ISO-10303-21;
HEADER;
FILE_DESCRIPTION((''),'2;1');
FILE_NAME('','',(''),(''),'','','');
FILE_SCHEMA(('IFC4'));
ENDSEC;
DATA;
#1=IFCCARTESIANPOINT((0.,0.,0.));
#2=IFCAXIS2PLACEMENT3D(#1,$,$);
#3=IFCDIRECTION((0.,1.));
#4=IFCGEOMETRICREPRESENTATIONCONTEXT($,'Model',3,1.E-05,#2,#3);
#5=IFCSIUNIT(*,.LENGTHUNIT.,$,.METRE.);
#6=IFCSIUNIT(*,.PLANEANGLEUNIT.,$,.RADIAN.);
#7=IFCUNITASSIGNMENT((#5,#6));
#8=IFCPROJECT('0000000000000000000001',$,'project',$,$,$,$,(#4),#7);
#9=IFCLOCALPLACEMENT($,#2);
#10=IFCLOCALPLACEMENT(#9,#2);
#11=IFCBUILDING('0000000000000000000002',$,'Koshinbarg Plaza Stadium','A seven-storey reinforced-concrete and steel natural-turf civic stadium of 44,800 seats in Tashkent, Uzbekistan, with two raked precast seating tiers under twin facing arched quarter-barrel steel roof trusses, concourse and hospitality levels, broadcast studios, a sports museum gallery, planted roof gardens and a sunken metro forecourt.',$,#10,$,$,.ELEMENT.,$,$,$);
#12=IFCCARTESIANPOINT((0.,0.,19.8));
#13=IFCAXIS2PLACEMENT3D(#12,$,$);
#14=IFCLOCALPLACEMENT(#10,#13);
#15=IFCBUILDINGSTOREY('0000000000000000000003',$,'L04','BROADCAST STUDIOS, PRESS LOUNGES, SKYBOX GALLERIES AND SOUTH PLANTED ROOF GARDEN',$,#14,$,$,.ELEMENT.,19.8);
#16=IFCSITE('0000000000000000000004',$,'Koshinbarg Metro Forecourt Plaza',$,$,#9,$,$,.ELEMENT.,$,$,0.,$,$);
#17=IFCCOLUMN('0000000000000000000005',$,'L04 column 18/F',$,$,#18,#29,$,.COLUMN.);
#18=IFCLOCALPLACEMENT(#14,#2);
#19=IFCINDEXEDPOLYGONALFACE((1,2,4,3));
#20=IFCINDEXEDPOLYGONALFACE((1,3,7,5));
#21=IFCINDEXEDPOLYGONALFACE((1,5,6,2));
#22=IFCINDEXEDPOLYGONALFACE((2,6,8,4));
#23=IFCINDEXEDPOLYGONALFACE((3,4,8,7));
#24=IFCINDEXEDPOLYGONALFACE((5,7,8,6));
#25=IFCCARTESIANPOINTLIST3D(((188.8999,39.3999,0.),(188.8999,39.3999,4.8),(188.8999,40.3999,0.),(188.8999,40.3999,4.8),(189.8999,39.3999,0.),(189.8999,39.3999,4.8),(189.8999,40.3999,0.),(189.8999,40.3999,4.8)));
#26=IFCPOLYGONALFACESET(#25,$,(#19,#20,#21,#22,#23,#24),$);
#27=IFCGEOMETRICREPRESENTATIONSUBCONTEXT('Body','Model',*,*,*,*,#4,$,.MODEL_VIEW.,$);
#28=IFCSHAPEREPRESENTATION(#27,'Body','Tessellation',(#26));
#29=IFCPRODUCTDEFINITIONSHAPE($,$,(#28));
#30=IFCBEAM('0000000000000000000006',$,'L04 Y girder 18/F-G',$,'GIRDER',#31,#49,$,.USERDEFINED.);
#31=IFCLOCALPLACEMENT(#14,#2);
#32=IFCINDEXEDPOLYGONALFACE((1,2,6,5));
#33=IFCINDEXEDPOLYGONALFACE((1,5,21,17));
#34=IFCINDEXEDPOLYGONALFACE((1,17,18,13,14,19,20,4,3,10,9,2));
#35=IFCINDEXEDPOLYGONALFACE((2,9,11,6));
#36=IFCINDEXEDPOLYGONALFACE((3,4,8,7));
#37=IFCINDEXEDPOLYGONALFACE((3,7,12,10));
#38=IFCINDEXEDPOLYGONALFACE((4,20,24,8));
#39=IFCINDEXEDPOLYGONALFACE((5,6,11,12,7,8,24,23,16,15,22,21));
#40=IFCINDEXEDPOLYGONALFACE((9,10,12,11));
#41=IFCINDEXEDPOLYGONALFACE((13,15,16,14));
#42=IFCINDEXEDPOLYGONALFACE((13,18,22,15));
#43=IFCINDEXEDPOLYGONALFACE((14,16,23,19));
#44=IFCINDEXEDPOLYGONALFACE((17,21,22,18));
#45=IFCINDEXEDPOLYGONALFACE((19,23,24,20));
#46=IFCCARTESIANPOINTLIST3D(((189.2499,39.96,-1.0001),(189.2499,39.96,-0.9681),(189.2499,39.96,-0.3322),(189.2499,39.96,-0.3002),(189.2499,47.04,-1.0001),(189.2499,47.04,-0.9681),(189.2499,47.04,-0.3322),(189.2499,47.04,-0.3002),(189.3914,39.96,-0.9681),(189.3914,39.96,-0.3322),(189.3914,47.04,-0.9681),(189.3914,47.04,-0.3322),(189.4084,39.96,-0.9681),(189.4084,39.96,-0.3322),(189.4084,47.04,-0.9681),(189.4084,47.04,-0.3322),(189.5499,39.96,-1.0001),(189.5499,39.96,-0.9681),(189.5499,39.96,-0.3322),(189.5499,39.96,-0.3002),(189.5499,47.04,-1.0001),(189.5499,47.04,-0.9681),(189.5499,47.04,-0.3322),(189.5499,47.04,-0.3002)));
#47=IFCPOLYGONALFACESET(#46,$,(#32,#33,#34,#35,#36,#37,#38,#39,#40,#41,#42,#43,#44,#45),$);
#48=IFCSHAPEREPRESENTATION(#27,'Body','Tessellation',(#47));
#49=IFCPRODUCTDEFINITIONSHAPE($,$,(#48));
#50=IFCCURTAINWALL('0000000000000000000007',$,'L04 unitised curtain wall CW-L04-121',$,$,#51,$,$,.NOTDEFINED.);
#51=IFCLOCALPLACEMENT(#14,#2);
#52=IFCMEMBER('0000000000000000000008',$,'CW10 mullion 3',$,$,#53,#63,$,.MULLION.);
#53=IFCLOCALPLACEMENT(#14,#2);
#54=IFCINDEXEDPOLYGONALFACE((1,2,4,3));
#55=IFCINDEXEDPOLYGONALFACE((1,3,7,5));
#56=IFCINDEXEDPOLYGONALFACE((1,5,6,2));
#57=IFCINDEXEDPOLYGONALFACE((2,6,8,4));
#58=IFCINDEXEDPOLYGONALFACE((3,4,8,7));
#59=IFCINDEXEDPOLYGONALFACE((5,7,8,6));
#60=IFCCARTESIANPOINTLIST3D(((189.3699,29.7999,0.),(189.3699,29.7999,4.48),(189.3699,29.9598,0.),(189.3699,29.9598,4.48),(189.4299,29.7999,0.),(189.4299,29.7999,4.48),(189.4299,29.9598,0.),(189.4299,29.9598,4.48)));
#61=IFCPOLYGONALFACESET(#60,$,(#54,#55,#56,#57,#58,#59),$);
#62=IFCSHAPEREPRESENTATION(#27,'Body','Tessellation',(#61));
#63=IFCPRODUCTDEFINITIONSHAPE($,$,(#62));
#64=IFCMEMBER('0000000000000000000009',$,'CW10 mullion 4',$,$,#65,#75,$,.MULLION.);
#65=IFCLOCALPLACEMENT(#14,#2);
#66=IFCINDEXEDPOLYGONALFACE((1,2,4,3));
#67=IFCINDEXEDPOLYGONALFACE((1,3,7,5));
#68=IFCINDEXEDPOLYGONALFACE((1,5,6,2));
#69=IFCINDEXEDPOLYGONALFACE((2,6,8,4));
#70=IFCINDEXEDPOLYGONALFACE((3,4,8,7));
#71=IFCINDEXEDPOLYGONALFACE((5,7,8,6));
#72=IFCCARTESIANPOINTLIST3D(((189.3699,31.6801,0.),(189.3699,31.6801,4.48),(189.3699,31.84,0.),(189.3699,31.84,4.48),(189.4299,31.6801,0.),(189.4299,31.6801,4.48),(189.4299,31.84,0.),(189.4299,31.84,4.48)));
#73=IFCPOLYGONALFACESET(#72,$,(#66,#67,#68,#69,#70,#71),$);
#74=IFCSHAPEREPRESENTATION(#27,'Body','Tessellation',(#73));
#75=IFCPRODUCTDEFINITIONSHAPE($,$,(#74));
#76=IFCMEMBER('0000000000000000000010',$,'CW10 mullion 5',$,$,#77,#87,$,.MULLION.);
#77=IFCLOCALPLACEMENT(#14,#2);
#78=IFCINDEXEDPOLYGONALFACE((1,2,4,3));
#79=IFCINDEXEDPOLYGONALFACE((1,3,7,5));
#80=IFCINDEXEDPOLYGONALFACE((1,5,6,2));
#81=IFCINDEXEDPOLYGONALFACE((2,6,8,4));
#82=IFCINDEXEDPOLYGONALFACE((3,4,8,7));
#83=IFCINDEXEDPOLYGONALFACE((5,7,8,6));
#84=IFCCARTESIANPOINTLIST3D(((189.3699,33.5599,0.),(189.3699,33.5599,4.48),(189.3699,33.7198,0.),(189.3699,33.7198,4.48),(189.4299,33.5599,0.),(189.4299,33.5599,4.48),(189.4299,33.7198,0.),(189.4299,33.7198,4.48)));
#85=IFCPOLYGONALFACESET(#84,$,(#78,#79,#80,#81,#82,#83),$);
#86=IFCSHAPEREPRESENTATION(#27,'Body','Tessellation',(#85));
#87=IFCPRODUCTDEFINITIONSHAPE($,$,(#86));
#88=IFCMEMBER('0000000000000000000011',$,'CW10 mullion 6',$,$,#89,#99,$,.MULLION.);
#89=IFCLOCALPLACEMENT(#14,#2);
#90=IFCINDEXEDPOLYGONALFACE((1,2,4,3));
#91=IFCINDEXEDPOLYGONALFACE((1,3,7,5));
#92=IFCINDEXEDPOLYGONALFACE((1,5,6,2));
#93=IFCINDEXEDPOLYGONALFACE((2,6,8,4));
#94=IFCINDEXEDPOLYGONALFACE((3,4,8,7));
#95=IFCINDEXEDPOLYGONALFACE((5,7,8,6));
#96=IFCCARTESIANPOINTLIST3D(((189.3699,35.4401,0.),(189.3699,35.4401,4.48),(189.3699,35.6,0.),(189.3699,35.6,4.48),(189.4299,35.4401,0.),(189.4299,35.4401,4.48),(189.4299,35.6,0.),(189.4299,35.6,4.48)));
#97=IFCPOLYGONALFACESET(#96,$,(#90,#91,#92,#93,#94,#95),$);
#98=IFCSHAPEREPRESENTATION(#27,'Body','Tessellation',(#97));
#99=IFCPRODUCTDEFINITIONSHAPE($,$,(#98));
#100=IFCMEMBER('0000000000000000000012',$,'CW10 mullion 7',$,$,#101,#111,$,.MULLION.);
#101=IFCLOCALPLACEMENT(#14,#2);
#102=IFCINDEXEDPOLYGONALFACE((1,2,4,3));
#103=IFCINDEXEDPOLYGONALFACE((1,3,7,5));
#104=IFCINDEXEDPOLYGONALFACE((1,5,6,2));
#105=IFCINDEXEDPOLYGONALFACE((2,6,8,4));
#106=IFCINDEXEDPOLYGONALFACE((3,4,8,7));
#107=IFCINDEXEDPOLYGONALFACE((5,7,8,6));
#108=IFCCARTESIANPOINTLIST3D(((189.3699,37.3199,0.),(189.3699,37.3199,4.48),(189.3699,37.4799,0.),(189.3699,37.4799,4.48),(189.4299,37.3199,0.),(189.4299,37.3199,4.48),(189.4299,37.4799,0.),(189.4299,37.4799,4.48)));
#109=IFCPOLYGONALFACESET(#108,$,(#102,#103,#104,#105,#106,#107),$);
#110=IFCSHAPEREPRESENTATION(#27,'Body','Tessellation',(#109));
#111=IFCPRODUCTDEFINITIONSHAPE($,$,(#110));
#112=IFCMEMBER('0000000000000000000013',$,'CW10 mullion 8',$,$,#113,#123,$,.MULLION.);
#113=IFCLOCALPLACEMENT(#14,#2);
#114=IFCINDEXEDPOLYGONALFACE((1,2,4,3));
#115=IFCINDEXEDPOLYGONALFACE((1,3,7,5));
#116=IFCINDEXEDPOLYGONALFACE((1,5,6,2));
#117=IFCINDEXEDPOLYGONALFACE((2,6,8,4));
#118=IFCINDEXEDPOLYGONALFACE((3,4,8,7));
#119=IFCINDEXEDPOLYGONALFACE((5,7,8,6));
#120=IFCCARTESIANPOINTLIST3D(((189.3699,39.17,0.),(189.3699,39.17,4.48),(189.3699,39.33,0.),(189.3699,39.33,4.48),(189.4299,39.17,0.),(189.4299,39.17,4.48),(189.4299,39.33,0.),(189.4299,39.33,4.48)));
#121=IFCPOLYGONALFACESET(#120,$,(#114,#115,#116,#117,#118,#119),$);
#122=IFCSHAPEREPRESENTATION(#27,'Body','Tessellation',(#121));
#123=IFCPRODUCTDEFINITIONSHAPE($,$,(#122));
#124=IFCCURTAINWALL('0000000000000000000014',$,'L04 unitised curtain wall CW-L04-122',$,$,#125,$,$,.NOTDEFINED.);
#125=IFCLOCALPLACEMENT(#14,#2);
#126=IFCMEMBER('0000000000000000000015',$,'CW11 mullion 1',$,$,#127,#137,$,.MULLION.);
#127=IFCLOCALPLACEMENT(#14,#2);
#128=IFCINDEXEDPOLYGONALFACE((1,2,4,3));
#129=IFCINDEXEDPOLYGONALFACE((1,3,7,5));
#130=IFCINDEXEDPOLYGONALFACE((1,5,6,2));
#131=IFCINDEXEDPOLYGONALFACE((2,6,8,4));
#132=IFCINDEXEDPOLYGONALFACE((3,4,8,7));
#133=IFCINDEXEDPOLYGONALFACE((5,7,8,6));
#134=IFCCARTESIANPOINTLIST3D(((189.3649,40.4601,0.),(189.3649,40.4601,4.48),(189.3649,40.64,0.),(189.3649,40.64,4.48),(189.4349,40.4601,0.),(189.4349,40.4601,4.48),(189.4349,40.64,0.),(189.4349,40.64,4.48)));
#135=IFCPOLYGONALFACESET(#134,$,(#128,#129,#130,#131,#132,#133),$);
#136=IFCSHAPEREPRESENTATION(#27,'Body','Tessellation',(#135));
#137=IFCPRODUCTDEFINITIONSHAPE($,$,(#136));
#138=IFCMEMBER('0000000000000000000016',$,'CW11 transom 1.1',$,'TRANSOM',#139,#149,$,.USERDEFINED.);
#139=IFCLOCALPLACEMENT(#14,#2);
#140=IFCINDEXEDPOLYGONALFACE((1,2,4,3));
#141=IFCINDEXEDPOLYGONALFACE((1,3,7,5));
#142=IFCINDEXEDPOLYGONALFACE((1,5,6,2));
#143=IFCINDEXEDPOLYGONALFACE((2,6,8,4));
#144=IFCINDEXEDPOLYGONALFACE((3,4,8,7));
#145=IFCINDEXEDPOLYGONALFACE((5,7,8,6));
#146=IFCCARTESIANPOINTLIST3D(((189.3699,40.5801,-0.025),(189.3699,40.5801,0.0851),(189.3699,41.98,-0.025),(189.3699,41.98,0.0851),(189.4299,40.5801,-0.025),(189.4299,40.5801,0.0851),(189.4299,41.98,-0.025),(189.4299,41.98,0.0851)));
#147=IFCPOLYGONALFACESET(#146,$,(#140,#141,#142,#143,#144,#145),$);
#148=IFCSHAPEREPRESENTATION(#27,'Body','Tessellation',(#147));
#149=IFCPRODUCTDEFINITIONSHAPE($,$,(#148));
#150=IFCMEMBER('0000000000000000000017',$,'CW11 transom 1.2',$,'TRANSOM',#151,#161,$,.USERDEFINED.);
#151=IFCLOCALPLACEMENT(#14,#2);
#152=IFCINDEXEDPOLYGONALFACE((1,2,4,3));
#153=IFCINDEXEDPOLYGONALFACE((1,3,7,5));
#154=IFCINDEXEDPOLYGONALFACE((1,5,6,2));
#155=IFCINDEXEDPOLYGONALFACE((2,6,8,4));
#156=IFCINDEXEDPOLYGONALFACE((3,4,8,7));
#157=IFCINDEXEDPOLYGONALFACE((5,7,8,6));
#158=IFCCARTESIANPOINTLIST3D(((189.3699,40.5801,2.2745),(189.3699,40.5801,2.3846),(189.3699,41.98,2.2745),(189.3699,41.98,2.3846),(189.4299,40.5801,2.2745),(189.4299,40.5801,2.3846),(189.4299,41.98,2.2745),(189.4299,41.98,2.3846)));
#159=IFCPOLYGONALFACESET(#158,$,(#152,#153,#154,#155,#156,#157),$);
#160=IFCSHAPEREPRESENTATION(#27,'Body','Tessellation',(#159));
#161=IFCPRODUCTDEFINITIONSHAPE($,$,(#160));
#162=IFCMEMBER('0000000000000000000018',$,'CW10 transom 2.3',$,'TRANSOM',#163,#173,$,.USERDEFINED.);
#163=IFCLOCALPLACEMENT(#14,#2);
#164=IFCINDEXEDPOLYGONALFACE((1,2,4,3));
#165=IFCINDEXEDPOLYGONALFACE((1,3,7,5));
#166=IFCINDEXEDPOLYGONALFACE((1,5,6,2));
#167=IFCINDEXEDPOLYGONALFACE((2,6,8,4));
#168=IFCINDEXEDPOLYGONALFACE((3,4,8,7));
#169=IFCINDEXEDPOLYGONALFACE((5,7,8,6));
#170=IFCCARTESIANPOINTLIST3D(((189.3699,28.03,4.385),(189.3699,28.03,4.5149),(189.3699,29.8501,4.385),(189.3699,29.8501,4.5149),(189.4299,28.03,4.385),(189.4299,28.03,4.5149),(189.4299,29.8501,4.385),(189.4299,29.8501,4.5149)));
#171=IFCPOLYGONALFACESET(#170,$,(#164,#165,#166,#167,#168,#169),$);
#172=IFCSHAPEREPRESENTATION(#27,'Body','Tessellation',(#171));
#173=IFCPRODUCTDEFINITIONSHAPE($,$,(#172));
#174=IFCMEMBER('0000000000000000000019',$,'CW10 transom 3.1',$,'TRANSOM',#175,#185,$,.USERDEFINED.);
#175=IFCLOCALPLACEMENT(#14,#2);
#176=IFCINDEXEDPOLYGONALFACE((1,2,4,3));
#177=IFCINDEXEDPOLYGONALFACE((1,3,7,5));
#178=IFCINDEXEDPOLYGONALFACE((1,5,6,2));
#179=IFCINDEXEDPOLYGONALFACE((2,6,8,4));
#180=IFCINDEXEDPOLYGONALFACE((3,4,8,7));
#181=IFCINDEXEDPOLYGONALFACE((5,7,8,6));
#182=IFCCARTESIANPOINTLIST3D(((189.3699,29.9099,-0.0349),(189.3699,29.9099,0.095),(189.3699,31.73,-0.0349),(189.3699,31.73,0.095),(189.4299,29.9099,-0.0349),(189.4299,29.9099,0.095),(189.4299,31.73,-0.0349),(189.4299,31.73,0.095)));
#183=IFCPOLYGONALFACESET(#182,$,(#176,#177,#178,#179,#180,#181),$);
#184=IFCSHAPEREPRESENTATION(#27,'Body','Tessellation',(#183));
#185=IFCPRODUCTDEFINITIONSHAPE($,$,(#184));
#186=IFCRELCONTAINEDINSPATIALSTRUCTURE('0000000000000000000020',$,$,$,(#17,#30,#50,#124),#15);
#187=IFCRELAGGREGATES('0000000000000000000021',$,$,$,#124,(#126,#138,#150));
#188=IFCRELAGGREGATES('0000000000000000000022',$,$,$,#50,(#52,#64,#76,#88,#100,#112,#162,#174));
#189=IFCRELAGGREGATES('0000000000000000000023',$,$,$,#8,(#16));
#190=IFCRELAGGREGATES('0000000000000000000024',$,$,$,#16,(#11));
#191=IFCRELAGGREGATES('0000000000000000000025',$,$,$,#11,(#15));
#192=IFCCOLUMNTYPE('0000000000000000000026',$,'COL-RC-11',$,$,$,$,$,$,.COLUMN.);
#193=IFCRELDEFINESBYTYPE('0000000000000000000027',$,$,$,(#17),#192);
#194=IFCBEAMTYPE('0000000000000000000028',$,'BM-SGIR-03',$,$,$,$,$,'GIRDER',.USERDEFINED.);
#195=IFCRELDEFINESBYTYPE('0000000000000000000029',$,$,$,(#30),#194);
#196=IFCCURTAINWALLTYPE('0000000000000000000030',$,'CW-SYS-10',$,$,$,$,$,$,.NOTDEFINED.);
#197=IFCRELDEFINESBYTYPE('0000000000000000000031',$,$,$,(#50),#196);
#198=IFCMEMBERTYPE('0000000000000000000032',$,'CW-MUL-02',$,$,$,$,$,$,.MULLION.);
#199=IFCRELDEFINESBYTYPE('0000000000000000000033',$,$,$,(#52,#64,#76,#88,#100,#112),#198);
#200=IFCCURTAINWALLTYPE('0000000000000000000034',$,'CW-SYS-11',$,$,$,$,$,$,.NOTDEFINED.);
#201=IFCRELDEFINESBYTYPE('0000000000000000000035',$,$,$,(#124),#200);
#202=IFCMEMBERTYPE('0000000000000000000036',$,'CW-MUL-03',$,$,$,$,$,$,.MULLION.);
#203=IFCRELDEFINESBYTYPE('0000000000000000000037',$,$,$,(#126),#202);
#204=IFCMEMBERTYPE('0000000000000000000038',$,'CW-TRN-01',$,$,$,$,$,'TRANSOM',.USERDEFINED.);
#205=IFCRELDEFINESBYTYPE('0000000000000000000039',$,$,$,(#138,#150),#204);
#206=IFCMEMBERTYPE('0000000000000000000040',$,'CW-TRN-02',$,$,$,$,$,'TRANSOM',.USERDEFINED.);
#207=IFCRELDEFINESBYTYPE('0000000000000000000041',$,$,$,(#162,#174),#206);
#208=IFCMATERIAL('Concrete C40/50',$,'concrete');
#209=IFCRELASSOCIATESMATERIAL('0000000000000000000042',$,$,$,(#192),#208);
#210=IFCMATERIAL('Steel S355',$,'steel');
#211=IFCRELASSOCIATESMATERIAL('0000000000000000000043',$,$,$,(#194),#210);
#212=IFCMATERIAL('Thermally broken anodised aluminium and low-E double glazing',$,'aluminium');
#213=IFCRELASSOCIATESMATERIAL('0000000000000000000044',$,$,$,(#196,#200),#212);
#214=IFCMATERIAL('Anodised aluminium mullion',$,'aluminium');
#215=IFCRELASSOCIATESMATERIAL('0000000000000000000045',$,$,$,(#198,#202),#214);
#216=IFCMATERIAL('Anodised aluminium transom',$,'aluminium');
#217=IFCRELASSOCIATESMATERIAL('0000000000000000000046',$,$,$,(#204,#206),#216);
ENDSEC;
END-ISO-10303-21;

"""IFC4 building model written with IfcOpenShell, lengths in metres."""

from ifc_helpers import new_model, si_unit, direction, frame, origin, origin_2d, place, context, subcontext, project, spatial, rectangle, i_section, extrude, material, material_profile, profile_set, type_object, element, aggregate, save


model = new_model("IFC4")

# Units and contexts
model_context = context("Model", 3, precision=1e-05, world=origin(), true_north=direction((0.0, 1.0)))
body_context = subcontext(model_context, "Body", "Model", "MODEL_VIEW")
ifc_project = project(units=[si_unit("LENGTHUNIT", "METRE"), si_unit("PLANEANGLEUNIT", "RADIAN")], contexts=[model_context])

# Site, building, storey
site_placement = place(None, origin())
site = spatial("IfcSite", under=ifc_project, at=site_placement, Name="Koshinbarg Metro Forecourt Plaza", CompositionType="ELEMENT", RefElevation=0.0)
building_placement = place(site_placement, origin())
building = spatial("IfcBuilding", under=site, at=building_placement, Name="Koshinbarg Plaza Stadium", Description="A seven-storey reinforced-concrete and steel natural-turf civic stadium of 44,800 seats in Tashkent, Uzbekistan, with two raked precast seating tiers under twin facing arched quarter-barrel steel roof trusses, concourse and hospitality levels, broadcast studios, a sports museum gallery, planted roof gardens and a sunken metro forecourt.", CompositionType="ELEMENT")
storey_placement = place(building_placement, frame((0.0, 0.0, 19.8)))
storey = spatial("IfcBuildingStorey", under=building, at=storey_placement, Name="L04", Description="BROADCAST STUDIOS, PRESS LOUNGES, SKYBOX GALLERIES AND SOUTH PLANTED ROOF GARDEN", CompositionType="ELEMENT", Elevation=19.8)

# Column
ifc_material_1 = material(Name="Concrete C40/50", Category="concrete")
ifc_material_profile_1 = material_profile(ifc_material_1, rectangle(XDim=1.0, YDim=1.0, at=origin_2d()), Name="RC 1000x1000")
ifc_profile_set_1 = profile_set([ifc_material_profile_1], Name="Concrete C40/50")
column_type = type_object("IfcColumnType", Name="COL-RC-11", PredefinedType="COLUMN", material=ifc_profile_set_1)
column_placement = place(storey_placement, frame((189.3999, 39.8999, 0.0), z_axis=(0.0, 0.0, 1.0), x_axis=(1.0, 0.0, 0.0)))
element("IfcColumn", 1, at=column_placement, inside=storey, type_object=column_type, Name="L04 column 18/F", PredefinedType="COLUMN", context=body_context, shape_type="SweptSolid", body=[
    extrude(rectangle(XDim=1.0, YDim=1.0, at=origin_2d()), origin(), (0.0, 0.0, 1.0), 4.8),
])

# Beam
ifc_material_2 = material(Name="Steel S355", Category="steel")
ifc_material_profile_2 = material_profile(ifc_material_2, i_section(OverallWidth=0.3, OverallDepth=0.7, WebThickness=0.0171, FlangeThickness=0.032, at=origin_2d()), Name="HEB 700")
ifc_profile_set_2 = profile_set([ifc_material_profile_2], Name="Steel S355")
beam_type = type_object("IfcBeamType", Name="BM-SGIR-03", ElementType="GIRDER", PredefinedType="USERDEFINED", material=ifc_profile_set_2)
beam_placement = place(storey_placement, frame((189.3999, 39.96, -0.6501), z_axis=(0.0, 1.0, 0.0), x_axis=(-1.0, 0.0, 0.0)))
element("IfcBeam", 2, at=beam_placement, inside=storey, type_object=beam_type, Name="L04 Y girder 18/F-G", ObjectType="GIRDER", PredefinedType="USERDEFINED", context=body_context, shape_type="SweptSolid", body=[
    extrude(i_section(OverallWidth=0.3, OverallDepth=0.7, WebThickness=0.0171, FlangeThickness=0.032, at=origin_2d()), origin(), (0.0, 0.0, 1.0), 7.0801),
])

# Curtain walls, members
ifc_material_3 = material(Name="Thermally broken anodised aluminium and low-E double glazing", Category="aluminium")
curtain_wall_type_1 = type_object("IfcCurtainWallType", Name="CW-SYS-10", PredefinedType="NOTDEFINED", material=ifc_material_3)
curtain_wall_1_placement = place(storey_placement, origin())
curtain_wall_1 = element("IfcCurtainWall", 3, at=curtain_wall_1_placement, inside=storey, type_object=curtain_wall_type_1, Name="L04 unitised curtain wall CW-L04-121", PredefinedType="NOTDEFINED")
ifc_material_4 = material(Name="Anodised aluminium mullion", Category="aluminium")
ifc_material_profile_3 = material_profile(ifc_material_4, rectangle(XDim=0.0601, YDim=0.1599, at=origin_2d()), Name="ALU 60x160")
ifc_profile_set_3 = profile_set([ifc_material_profile_3], Name="Anodised aluminium mullion")
member_type_1 = type_object("IfcMemberType", Name="CW-MUL-02", PredefinedType="MULLION", material=ifc_profile_set_3)
member_1_placement = place(storey_placement, frame((189.3999, 29.8799, 0.0), z_axis=(0.0, 0.0, 1.0), x_axis=(-1.0, 0.0, 0.0)))
member_1 = element("IfcMember", 4, at=member_1_placement, type_object=member_type_1, Name="CW10 mullion 3", PredefinedType="MULLION", context=body_context, shape_type="SweptSolid", body=[
    extrude(rectangle(XDim=0.0601, YDim=0.1599, at=origin_2d()), origin(), (0.0, 0.0, 1.0), 4.48),
])
member_2_placement = place(storey_placement, frame((189.3999, 31.76, 0.0), z_axis=(0.0, 0.0, 1.0), x_axis=(-1.0, 0.0, 0.0)))
member_2 = element("IfcMember", 5, at=member_2_placement, type_object=member_type_1, Name="CW10 mullion 4", PredefinedType="MULLION", context=body_context, shape_type="SweptSolid", body=[
    extrude(rectangle(XDim=0.0601, YDim=0.1599, at=origin_2d()), origin(), (0.0, 0.0, 1.0), 4.48),
])
member_3_placement = place(storey_placement, frame((189.3999, 33.6399, 0.0), z_axis=(0.0, 0.0, 1.0), x_axis=(-1.0, 0.0, 0.0)))
member_3 = element("IfcMember", 6, at=member_3_placement, type_object=member_type_1, Name="CW10 mullion 5", PredefinedType="MULLION", context=body_context, shape_type="SweptSolid", body=[
    extrude(rectangle(XDim=0.0601, YDim=0.1599, at=origin_2d()), origin(), (0.0, 0.0, 1.0), 4.48),
])
member_4_placement = place(storey_placement, frame((189.3999, 35.52, 0.0), z_axis=(0.0, 0.0, 1.0), x_axis=(-1.0, 0.0, 0.0)))
member_4 = element("IfcMember", 7, at=member_4_placement, type_object=member_type_1, Name="CW10 mullion 6", PredefinedType="MULLION", context=body_context, shape_type="SweptSolid", body=[
    extrude(rectangle(XDim=0.0601, YDim=0.1599, at=origin_2d()), origin(), (0.0, 0.0, 1.0), 4.48),
])
member_5_placement = place(storey_placement, frame((189.3999, 37.3999, 0.0), z_axis=(0.0, 0.0, 1.0), x_axis=(-1.0, 0.0, 0.0)))
member_5 = element("IfcMember", 8, at=member_5_placement, type_object=member_type_1, Name="CW10 mullion 7", PredefinedType="MULLION", context=body_context, shape_type="SweptSolid", body=[
    extrude(rectangle(XDim=0.0601, YDim=0.1599, at=origin_2d()), origin(), (0.0, 0.0, 1.0), 4.48),
])
member_6_placement = place(storey_placement, frame((189.3999, 39.25, 0.0), z_axis=(0.0, 0.0, 1.0), x_axis=(-1.0, 0.0, 0.0)))
member_6 = element("IfcMember", 9, at=member_6_placement, type_object=member_type_1, Name="CW10 mullion 8", PredefinedType="MULLION", context=body_context, shape_type="SweptSolid", body=[
    extrude(rectangle(XDim=0.0601, YDim=0.1599, at=origin_2d()), origin(), (0.0, 0.0, 1.0), 4.48),
])
curtain_wall_type_2 = type_object("IfcCurtainWallType", Name="CW-SYS-11", PredefinedType="NOTDEFINED", material=ifc_material_3)
curtain_wall_2_placement = place(storey_placement, origin())
curtain_wall_2 = element("IfcCurtainWall", 10, at=curtain_wall_2_placement, inside=storey, type_object=curtain_wall_type_2, Name="L04 unitised curtain wall CW-L04-122", PredefinedType="NOTDEFINED")
ifc_material_profile_4 = material_profile(ifc_material_4, rectangle(XDim=0.0701, YDim=0.1799, at=origin_2d()), Name="ALU 70x180")
ifc_profile_set_4 = profile_set([ifc_material_profile_4], Name="Anodised aluminium mullion")
member_type_2 = type_object("IfcMemberType", Name="CW-MUL-03", PredefinedType="MULLION", material=ifc_profile_set_4)
member_7_placement = place(storey_placement, frame((189.3999, 40.55, 0.0), z_axis=(0.0, 0.0, 1.0), x_axis=(-1.0, 0.0, 0.0)))
member_7 = element("IfcMember", 11, at=member_7_placement, type_object=member_type_2, Name="CW11 mullion 1", PredefinedType="MULLION", context=body_context, shape_type="SweptSolid", body=[
    extrude(rectangle(XDim=0.0701, YDim=0.1799, at=origin_2d()), origin(), (0.0, 0.0, 1.0), 4.48),
])
ifc_material_5 = material(Name="Anodised aluminium transom", Category="aluminium")
ifc_material_profile_5 = material_profile(ifc_material_5, rectangle(XDim=0.0601, YDim=0.1101, at=origin_2d()), Name="ALU 60x110")
ifc_profile_set_5 = profile_set([ifc_material_profile_5], Name="Anodised aluminium transom")
member_type_3 = type_object("IfcMemberType", Name="CW-TRN-01", ElementType="TRANSOM", PredefinedType="USERDEFINED", material=ifc_profile_set_5)
member_8_placement = place(storey_placement, frame((189.3999, 40.5801, 0.03), z_axis=(0.0, 1.0, 0.0), x_axis=(-1.0, 0.0, 0.0)))
member_8 = element("IfcMember", 12, at=member_8_placement, type_object=member_type_3, Name="CW11 transom 1.1", ObjectType="TRANSOM", PredefinedType="USERDEFINED", context=body_context, shape_type="SweptSolid", body=[
    extrude(rectangle(XDim=0.0601, YDim=0.1101, at=origin_2d()), origin(), (0.0, 0.0, 1.0), 1.3999),
])
member_9_placement = place(storey_placement, frame((189.3999, 40.5801, 2.3296), z_axis=(0.0, 1.0, 0.0), x_axis=(-1.0, 0.0, 0.0)))
member_9 = element("IfcMember", 13, at=member_9_placement, type_object=member_type_3, Name="CW11 transom 1.2", ObjectType="TRANSOM", PredefinedType="USERDEFINED", context=body_context, shape_type="SweptSolid", body=[
    extrude(rectangle(XDim=0.0601, YDim=0.1101, at=origin_2d()), origin(), (0.0, 0.0, 1.0), 1.3999),
])
aggregate(curtain_wall_2, [member_7, member_8, member_9])

# Members
ifc_material_profile_6 = material_profile(ifc_material_5, rectangle(XDim=0.0601, YDim=0.1299, at=origin_2d()), Name="ALU 60x130")
ifc_profile_set_6 = profile_set([ifc_material_profile_6], Name="Anodised aluminium transom")
member_type_4 = type_object("IfcMemberType", Name="CW-TRN-02", ElementType="TRANSOM", PredefinedType="USERDEFINED", material=ifc_profile_set_6)
member_10_placement = place(storey_placement, frame((189.3999, 28.03, 4.45), z_axis=(0.0, 1.0, 0.0), x_axis=(-1.0, 0.0, 0.0)))
member_10 = element("IfcMember", 14, at=member_10_placement, type_object=member_type_4, Name="CW10 transom 2.3", ObjectType="TRANSOM", PredefinedType="USERDEFINED", context=body_context, shape_type="SweptSolid", body=[
    extrude(rectangle(XDim=0.0601, YDim=0.1299, at=origin_2d()), origin(), (0.0, 0.0, 1.0), 1.8201),
])
member_11_placement = place(storey_placement, frame((189.3999, 29.9099, 0.03), z_axis=(0.0, 1.0, 0.0), x_axis=(-1.0, 0.0, 0.0)))
member_11 = element("IfcMember", 15, at=member_11_placement, type_object=member_type_4, Name="CW10 transom 3.1", ObjectType="TRANSOM", PredefinedType="USERDEFINED", context=body_context, shape_type="SweptSolid", body=[
    extrude(rectangle(XDim=0.0601, YDim=0.1299, at=origin_2d()), origin(), (0.0, 0.0, 1.0), 1.8201),
])

aggregate(curtain_wall_1, [member_1, member_2, member_3, member_4, member_5, member_6, member_10, member_11])

save(model, "model.ifc")
